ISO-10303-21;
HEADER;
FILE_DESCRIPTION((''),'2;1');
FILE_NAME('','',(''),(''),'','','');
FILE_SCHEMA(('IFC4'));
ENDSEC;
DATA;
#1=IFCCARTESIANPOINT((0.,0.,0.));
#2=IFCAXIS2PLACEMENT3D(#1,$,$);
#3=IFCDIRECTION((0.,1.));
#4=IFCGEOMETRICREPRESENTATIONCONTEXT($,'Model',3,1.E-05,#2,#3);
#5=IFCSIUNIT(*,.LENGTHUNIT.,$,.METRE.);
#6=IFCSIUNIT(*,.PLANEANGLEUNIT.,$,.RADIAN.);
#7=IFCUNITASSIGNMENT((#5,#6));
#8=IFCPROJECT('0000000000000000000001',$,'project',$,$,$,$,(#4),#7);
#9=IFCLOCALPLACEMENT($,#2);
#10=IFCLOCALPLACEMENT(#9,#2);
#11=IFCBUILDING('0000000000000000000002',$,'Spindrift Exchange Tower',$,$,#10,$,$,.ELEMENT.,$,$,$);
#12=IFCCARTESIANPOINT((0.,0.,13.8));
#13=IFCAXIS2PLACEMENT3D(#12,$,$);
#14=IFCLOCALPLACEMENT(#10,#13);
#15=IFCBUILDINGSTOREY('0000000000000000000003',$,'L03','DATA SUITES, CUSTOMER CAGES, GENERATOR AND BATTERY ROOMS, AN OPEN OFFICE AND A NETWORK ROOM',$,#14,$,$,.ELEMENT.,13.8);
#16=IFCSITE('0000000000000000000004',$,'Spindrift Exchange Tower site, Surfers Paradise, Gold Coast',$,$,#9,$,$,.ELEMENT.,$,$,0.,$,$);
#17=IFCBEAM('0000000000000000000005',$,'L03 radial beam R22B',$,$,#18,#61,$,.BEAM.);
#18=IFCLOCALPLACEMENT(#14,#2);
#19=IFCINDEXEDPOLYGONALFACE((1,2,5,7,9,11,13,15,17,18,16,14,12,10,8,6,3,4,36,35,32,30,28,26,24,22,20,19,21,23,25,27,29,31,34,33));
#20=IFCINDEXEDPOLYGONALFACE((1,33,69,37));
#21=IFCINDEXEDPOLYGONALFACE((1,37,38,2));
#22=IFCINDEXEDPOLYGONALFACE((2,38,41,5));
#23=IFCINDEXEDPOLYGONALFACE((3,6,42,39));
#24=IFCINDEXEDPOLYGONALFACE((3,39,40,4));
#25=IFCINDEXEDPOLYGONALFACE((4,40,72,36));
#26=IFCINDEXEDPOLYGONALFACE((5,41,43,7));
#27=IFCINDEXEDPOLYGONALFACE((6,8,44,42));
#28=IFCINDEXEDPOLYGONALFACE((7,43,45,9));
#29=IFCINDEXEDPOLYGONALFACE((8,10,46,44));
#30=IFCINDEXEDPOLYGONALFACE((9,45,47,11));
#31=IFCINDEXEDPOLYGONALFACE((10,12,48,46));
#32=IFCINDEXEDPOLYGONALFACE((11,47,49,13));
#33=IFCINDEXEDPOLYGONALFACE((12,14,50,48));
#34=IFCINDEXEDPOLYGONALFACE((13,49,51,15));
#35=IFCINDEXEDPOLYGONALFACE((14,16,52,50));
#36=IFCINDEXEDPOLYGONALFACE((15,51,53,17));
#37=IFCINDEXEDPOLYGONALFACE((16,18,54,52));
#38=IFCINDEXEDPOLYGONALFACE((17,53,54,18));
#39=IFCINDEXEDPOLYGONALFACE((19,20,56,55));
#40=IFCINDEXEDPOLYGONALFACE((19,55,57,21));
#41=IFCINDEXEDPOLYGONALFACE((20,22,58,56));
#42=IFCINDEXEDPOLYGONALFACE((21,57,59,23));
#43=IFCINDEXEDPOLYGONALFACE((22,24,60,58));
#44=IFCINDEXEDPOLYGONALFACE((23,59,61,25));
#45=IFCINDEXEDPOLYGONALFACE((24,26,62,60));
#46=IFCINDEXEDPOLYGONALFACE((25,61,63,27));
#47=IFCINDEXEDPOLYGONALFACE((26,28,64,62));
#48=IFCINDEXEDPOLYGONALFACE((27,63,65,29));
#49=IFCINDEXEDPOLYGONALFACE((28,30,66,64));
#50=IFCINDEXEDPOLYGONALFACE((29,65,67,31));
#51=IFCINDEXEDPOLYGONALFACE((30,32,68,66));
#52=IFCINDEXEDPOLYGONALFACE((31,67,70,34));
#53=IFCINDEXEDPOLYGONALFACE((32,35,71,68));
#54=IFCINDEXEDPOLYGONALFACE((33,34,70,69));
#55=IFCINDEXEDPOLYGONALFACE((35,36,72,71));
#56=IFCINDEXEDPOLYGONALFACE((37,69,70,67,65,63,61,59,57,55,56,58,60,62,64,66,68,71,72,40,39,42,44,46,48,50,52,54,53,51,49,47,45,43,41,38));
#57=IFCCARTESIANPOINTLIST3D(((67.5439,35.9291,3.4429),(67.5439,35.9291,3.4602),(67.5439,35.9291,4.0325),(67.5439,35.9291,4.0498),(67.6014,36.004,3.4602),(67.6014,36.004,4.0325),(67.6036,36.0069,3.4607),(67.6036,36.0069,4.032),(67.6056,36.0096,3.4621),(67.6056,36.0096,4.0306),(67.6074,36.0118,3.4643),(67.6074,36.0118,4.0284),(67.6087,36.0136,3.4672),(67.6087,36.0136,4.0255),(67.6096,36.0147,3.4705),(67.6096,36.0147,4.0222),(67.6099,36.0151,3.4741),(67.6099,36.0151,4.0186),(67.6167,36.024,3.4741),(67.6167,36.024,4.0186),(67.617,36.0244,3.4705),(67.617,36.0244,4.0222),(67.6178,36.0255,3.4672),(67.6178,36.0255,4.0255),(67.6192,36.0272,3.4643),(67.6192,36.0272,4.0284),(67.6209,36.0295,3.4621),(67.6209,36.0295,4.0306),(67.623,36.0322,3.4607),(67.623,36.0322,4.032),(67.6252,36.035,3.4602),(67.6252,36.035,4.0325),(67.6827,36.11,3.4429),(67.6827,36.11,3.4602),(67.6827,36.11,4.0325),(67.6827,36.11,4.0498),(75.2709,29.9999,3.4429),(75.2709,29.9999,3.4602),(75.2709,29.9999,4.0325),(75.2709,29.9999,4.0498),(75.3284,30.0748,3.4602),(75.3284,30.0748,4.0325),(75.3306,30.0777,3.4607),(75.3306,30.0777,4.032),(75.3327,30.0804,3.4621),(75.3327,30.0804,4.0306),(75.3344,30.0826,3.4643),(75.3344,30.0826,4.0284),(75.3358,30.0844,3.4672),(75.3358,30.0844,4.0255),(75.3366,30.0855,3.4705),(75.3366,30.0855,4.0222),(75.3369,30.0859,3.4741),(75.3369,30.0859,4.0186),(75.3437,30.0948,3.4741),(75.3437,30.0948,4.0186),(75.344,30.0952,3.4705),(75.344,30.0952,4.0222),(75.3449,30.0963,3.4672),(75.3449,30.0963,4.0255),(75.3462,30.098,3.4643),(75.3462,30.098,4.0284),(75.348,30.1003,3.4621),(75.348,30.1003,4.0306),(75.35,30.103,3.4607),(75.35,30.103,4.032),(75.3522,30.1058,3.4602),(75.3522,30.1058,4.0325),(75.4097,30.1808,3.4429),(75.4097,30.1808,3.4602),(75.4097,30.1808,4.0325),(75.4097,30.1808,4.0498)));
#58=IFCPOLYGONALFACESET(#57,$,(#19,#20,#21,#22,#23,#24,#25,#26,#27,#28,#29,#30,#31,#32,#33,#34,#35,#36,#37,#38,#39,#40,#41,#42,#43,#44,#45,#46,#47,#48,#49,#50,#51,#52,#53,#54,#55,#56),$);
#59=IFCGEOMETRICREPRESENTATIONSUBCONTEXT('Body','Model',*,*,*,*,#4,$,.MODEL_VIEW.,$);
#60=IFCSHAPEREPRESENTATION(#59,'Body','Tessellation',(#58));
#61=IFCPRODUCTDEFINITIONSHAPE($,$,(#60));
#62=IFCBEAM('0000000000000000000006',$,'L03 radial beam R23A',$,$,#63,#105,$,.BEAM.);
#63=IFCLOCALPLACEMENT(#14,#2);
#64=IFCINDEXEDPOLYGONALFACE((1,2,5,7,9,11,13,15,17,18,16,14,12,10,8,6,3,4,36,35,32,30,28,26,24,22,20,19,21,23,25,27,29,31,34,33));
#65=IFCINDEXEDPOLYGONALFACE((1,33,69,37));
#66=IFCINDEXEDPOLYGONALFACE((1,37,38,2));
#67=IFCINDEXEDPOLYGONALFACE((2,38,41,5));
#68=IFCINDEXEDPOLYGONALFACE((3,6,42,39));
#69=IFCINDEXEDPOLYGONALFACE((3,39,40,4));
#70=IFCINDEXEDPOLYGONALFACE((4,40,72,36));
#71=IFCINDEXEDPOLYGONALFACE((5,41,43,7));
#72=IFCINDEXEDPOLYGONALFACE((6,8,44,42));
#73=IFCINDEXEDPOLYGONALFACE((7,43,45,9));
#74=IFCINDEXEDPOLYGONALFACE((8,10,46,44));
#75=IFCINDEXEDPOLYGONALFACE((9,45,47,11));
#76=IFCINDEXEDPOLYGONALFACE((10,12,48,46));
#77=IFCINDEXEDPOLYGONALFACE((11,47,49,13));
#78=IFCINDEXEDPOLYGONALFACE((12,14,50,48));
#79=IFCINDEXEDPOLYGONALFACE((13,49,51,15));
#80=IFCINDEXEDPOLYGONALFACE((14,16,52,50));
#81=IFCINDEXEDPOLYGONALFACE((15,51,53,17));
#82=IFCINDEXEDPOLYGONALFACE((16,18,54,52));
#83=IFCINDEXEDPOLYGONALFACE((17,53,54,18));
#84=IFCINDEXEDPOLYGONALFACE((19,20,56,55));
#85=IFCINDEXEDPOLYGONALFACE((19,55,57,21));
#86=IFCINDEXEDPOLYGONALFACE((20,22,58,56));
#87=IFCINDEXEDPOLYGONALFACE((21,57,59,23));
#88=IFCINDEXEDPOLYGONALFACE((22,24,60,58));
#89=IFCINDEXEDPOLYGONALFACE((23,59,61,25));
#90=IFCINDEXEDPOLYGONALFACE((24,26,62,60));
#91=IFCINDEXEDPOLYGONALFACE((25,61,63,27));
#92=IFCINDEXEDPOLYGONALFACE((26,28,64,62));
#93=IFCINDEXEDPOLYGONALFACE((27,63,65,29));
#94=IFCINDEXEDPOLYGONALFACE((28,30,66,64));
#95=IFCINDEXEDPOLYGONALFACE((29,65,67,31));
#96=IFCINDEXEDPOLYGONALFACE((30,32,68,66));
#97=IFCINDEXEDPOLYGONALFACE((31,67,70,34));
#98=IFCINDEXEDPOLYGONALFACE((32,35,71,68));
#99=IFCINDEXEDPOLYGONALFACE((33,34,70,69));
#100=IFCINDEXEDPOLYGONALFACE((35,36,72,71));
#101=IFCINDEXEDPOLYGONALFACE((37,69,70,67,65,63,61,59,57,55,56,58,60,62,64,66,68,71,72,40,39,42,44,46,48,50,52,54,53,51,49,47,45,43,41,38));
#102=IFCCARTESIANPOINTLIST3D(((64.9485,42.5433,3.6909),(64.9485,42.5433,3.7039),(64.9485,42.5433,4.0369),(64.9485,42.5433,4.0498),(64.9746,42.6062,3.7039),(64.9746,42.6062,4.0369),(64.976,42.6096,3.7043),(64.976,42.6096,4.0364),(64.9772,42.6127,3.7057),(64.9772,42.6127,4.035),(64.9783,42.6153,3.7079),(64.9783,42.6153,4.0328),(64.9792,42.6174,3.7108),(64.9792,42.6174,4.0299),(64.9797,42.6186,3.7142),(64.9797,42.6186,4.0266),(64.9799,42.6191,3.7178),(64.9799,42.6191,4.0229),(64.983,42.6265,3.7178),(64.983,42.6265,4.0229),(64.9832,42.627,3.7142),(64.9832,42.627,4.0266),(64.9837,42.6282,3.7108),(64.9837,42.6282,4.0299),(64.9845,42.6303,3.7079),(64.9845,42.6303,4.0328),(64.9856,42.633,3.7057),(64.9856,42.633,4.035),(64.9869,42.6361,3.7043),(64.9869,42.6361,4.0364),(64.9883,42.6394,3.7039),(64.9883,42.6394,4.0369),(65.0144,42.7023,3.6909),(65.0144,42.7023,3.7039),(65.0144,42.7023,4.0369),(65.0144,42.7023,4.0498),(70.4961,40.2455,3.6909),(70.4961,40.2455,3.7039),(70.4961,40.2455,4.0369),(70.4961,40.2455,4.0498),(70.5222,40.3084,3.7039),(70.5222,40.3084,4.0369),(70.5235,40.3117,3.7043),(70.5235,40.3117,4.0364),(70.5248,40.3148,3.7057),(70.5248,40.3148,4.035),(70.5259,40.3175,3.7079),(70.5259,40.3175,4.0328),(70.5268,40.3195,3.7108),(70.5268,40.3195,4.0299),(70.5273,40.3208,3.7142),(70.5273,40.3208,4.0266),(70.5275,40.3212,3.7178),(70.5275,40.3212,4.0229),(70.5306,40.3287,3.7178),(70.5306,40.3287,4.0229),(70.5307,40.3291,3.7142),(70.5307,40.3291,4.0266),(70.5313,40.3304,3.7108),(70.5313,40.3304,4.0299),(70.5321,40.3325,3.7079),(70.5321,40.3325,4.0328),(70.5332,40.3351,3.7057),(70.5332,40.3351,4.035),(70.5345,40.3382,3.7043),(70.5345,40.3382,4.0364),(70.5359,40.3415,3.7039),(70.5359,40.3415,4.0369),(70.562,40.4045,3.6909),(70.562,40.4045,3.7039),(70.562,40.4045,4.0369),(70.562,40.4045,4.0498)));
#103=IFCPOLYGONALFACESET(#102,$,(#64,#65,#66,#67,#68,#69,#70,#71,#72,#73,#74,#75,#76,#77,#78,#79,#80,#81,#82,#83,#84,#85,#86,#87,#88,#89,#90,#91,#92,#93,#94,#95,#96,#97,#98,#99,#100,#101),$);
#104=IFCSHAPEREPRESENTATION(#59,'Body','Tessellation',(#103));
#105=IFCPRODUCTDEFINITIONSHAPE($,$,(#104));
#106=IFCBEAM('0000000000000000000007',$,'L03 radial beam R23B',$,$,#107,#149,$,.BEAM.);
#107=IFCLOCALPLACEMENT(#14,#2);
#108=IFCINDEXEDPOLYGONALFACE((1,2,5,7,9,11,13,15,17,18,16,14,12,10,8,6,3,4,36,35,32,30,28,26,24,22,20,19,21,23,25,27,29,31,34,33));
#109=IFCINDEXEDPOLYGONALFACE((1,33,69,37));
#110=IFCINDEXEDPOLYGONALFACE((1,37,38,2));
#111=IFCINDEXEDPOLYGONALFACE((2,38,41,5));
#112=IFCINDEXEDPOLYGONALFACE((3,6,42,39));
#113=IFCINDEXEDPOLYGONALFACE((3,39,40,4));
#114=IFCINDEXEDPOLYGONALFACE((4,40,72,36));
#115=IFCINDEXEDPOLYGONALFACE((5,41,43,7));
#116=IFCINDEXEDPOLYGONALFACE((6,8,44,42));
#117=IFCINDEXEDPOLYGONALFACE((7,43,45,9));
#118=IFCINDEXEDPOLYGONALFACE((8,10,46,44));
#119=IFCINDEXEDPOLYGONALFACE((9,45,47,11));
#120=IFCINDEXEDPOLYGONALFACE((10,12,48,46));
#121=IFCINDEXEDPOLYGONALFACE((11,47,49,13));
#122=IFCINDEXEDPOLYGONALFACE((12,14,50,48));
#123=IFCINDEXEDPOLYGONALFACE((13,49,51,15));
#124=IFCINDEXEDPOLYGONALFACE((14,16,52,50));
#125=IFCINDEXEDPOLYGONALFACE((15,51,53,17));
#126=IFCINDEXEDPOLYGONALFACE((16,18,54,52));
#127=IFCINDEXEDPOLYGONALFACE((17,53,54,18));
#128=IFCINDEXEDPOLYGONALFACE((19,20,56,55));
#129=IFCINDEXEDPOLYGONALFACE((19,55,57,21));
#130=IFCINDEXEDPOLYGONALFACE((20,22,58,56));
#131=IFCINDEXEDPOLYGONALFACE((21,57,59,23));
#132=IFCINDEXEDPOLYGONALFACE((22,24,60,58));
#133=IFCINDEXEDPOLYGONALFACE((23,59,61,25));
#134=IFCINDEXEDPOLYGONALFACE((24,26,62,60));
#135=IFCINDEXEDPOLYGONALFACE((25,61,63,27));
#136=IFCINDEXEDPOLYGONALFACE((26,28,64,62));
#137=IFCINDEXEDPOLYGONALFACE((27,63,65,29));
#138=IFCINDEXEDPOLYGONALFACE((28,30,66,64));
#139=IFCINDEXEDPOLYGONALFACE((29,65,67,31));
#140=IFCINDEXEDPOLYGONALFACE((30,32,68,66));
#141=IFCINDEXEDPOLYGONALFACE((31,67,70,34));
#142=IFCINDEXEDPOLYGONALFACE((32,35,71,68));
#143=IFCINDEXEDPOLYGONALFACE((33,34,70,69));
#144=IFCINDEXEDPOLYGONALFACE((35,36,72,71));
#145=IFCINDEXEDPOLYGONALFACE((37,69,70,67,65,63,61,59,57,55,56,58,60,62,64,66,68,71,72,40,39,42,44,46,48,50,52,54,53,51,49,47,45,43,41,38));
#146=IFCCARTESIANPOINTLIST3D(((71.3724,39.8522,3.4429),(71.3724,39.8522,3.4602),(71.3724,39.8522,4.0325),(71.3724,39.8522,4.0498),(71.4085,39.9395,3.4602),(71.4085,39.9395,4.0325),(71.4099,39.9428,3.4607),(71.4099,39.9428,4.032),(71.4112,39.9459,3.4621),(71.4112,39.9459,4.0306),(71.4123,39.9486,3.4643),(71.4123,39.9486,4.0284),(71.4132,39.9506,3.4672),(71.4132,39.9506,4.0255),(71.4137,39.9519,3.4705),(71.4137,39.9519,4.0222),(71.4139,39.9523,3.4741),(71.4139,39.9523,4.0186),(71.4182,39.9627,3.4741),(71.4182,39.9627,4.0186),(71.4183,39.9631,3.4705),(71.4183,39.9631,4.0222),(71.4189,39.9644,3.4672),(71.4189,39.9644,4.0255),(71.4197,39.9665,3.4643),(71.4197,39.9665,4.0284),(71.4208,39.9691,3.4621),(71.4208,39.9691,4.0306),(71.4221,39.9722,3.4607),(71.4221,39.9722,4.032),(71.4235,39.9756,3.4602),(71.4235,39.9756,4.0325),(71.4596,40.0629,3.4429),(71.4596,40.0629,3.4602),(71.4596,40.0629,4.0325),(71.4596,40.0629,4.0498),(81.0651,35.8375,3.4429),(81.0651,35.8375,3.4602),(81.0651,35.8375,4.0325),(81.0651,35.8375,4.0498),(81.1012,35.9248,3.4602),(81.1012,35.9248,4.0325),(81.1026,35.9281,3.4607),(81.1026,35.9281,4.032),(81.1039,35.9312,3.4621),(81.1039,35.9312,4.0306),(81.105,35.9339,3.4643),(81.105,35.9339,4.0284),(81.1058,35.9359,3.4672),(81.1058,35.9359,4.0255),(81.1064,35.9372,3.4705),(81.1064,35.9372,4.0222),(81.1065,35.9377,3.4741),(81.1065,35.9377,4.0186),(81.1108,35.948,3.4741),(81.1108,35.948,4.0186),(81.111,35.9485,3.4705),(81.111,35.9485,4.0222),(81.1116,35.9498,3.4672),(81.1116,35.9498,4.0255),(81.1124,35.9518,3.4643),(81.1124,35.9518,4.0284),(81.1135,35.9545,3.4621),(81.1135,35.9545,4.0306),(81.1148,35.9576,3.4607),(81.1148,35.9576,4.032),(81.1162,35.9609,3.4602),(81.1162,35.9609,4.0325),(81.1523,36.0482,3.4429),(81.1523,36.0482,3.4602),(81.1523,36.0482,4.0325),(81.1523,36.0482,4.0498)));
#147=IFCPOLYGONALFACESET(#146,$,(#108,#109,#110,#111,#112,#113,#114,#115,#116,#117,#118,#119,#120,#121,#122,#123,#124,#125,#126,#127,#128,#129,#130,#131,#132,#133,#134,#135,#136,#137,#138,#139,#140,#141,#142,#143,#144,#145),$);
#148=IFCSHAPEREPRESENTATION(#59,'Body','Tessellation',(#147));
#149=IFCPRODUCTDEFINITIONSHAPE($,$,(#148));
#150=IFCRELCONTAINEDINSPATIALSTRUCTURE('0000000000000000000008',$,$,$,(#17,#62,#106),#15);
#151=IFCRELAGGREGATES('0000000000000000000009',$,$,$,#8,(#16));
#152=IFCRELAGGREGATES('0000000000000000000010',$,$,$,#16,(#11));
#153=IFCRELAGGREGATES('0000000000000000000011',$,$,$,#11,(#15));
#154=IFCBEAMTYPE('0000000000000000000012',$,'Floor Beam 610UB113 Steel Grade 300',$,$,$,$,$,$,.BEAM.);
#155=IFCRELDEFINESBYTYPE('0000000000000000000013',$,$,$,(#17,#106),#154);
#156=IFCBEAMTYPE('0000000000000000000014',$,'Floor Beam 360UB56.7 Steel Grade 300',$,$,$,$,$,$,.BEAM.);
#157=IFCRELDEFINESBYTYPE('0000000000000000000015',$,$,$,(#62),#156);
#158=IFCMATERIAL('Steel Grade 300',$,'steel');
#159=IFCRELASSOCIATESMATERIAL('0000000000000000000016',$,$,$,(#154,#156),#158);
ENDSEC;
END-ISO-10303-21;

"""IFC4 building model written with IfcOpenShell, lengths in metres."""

from ifc_helpers import new_model, si_unit, direction, frame, origin, origin_2d, place, context, subcontext, project, spatial, i_section, extrude, source, transform, mapped, material, material_profile, profile_set, type_object, element, save


model = new_model("IFC4")

# Units and contexts
model_context = context("Model", 3, precision=1e-05, world=origin(), true_north=direction((0.0, 1.0)))
body_context = subcontext(model_context, "Body", "Model", "MODEL_VIEW")
ifc_project = project(units=[si_unit("LENGTHUNIT", "METRE"), si_unit("PLANEANGLEUNIT", "RADIAN")], contexts=[model_context])

# Site, building, storey
site_placement = place(None, origin())
site = spatial("IfcSite", under=ifc_project, at=site_placement, Name="Spindrift Exchange Tower site, Surfers Paradise, Gold Coast", CompositionType="ELEMENT", RefElevation=0.0)
building_placement = place(site_placement, origin())
building = spatial("IfcBuilding", under=site, at=building_placement, Name="Spindrift Exchange Tower", CompositionType="ELEMENT")
storey_placement = place(building_placement, frame((0.0, 0.0, 13.8)))
storey = spatial("IfcBuildingStorey", under=building, at=storey_placement, Name="L03", Description="DATA SUITES, CUSTOMER CAGES, GENERATOR AND BATTERY ROOMS, AN OPEN OFFICE AND A NETWORK ROOM", CompositionType="ELEMENT", Elevation=13.8)

# Beams
ifc_material_1 = material(Name="Steel Grade 300", Category="steel")
ifc_material_profile_1 = material_profile(ifc_material_1, i_section(OverallWidth=0.228, OverallDepth=0.6069, WebThickness=0.0112, FlangeThickness=0.0173, FilletRadius=0.0139, at=origin_2d()), Name="610UB113")
ifc_profile_set_1 = profile_set([ifc_material_profile_1], Name="Steel Grade 300")
beam_type_1 = type_object("IfcBeamType", Name="Floor Beam 610UB113 Steel Grade 300", PredefinedType="BEAM", material=ifc_profile_set_1)
shared_shape_1 = source(origin(), body_context, "Body", "SweptSolid", [
    extrude(i_section(OverallWidth=0.228, OverallDepth=0.6069, WebThickness=0.0112, FlangeThickness=0.0173, FilletRadius=0.0139, at=origin_2d()), origin(), (0.0, 0.0, 1.0), 9.7397),
])
beam_1_placement = place(storey_placement, frame((67.6133, 36.0195, 3.7463), z_axis=(0.793352, -0.608763, 0.0), x_axis=(0.608763, 0.793352, 0.0)))
element("IfcBeam", 1, at=beam_1_placement, inside=storey, type_object=beam_type_1, Name="L03 radial beam R22B", PredefinedType="BEAM", context=body_context, shape_type="MappedRepresentation", body=[
    mapped(shared_shape_1, transform((0.0, 0.0, 0.0), scale=1.0)),
])
ifc_material_profile_2 = material_profile(ifc_material_1, i_section(OverallWidth=0.1721, OverallDepth=0.3589, WebThickness=0.0081, FlangeThickness=0.0129, FilletRadius=0.0139, at=origin_2d()), Name="360UB56.7")
ifc_profile_set_2 = profile_set([ifc_material_profile_2], Name="Steel Grade 300")
beam_type_2 = type_object("IfcBeamType", Name="Floor Beam 360UB56.7 Steel Grade 300", PredefinedType="BEAM", material=ifc_profile_set_2)
shared_shape_2 = source(origin(), body_context, "Body", "SweptSolid", [
    extrude(i_section(OverallWidth=0.1721, OverallDepth=0.3589, WebThickness=0.0081, FlangeThickness=0.0129, FilletRadius=0.0139, at=origin_2d()), origin(), (0.0, 0.0, 1.0), 6.0046),
])
beam_2_placement = place(storey_placement, frame((64.9814, 42.6228, 3.8704), z_axis=(0.923882, -0.382677, 0.0), x_axis=(0.382677, 0.923882, 0.0)))
element("IfcBeam", 2, at=beam_2_placement, inside=storey, type_object=beam_type_2, Name="L03 radial beam R23A", PredefinedType="BEAM", context=body_context, shape_type="MappedRepresentation", body=[
    mapped(shared_shape_2, transform((0.0, 0.0, 0.0), scale=1.0)),
])
shared_shape_3 = source(origin(), body_context, "Body", "SweptSolid", [
    extrude(i_section(OverallWidth=0.228, OverallDepth=0.6069, WebThickness=0.0112, FlangeThickness=0.0173, FilletRadius=0.0139, at=origin_2d()), origin(), (0.0, 0.0, 1.0), 10.4912),
])
beam_3_placement = place(storey_placement, frame((71.416, 39.9575, 3.7463), z_axis=(0.923885, -0.38267, 0.0), x_axis=(0.38267, 0.923885, 0.0)))
element("IfcBeam", 3, at=beam_3_placement, inside=storey, type_object=beam_type_1, Name="L03 radial beam R23B", PredefinedType="BEAM", context=body_context, shape_type="MappedRepresentation", body=[
    mapped(shared_shape_3, transform((0.0, 0.0, 0.0), scale=1.0)),
])

save(model, "model.ifc")
